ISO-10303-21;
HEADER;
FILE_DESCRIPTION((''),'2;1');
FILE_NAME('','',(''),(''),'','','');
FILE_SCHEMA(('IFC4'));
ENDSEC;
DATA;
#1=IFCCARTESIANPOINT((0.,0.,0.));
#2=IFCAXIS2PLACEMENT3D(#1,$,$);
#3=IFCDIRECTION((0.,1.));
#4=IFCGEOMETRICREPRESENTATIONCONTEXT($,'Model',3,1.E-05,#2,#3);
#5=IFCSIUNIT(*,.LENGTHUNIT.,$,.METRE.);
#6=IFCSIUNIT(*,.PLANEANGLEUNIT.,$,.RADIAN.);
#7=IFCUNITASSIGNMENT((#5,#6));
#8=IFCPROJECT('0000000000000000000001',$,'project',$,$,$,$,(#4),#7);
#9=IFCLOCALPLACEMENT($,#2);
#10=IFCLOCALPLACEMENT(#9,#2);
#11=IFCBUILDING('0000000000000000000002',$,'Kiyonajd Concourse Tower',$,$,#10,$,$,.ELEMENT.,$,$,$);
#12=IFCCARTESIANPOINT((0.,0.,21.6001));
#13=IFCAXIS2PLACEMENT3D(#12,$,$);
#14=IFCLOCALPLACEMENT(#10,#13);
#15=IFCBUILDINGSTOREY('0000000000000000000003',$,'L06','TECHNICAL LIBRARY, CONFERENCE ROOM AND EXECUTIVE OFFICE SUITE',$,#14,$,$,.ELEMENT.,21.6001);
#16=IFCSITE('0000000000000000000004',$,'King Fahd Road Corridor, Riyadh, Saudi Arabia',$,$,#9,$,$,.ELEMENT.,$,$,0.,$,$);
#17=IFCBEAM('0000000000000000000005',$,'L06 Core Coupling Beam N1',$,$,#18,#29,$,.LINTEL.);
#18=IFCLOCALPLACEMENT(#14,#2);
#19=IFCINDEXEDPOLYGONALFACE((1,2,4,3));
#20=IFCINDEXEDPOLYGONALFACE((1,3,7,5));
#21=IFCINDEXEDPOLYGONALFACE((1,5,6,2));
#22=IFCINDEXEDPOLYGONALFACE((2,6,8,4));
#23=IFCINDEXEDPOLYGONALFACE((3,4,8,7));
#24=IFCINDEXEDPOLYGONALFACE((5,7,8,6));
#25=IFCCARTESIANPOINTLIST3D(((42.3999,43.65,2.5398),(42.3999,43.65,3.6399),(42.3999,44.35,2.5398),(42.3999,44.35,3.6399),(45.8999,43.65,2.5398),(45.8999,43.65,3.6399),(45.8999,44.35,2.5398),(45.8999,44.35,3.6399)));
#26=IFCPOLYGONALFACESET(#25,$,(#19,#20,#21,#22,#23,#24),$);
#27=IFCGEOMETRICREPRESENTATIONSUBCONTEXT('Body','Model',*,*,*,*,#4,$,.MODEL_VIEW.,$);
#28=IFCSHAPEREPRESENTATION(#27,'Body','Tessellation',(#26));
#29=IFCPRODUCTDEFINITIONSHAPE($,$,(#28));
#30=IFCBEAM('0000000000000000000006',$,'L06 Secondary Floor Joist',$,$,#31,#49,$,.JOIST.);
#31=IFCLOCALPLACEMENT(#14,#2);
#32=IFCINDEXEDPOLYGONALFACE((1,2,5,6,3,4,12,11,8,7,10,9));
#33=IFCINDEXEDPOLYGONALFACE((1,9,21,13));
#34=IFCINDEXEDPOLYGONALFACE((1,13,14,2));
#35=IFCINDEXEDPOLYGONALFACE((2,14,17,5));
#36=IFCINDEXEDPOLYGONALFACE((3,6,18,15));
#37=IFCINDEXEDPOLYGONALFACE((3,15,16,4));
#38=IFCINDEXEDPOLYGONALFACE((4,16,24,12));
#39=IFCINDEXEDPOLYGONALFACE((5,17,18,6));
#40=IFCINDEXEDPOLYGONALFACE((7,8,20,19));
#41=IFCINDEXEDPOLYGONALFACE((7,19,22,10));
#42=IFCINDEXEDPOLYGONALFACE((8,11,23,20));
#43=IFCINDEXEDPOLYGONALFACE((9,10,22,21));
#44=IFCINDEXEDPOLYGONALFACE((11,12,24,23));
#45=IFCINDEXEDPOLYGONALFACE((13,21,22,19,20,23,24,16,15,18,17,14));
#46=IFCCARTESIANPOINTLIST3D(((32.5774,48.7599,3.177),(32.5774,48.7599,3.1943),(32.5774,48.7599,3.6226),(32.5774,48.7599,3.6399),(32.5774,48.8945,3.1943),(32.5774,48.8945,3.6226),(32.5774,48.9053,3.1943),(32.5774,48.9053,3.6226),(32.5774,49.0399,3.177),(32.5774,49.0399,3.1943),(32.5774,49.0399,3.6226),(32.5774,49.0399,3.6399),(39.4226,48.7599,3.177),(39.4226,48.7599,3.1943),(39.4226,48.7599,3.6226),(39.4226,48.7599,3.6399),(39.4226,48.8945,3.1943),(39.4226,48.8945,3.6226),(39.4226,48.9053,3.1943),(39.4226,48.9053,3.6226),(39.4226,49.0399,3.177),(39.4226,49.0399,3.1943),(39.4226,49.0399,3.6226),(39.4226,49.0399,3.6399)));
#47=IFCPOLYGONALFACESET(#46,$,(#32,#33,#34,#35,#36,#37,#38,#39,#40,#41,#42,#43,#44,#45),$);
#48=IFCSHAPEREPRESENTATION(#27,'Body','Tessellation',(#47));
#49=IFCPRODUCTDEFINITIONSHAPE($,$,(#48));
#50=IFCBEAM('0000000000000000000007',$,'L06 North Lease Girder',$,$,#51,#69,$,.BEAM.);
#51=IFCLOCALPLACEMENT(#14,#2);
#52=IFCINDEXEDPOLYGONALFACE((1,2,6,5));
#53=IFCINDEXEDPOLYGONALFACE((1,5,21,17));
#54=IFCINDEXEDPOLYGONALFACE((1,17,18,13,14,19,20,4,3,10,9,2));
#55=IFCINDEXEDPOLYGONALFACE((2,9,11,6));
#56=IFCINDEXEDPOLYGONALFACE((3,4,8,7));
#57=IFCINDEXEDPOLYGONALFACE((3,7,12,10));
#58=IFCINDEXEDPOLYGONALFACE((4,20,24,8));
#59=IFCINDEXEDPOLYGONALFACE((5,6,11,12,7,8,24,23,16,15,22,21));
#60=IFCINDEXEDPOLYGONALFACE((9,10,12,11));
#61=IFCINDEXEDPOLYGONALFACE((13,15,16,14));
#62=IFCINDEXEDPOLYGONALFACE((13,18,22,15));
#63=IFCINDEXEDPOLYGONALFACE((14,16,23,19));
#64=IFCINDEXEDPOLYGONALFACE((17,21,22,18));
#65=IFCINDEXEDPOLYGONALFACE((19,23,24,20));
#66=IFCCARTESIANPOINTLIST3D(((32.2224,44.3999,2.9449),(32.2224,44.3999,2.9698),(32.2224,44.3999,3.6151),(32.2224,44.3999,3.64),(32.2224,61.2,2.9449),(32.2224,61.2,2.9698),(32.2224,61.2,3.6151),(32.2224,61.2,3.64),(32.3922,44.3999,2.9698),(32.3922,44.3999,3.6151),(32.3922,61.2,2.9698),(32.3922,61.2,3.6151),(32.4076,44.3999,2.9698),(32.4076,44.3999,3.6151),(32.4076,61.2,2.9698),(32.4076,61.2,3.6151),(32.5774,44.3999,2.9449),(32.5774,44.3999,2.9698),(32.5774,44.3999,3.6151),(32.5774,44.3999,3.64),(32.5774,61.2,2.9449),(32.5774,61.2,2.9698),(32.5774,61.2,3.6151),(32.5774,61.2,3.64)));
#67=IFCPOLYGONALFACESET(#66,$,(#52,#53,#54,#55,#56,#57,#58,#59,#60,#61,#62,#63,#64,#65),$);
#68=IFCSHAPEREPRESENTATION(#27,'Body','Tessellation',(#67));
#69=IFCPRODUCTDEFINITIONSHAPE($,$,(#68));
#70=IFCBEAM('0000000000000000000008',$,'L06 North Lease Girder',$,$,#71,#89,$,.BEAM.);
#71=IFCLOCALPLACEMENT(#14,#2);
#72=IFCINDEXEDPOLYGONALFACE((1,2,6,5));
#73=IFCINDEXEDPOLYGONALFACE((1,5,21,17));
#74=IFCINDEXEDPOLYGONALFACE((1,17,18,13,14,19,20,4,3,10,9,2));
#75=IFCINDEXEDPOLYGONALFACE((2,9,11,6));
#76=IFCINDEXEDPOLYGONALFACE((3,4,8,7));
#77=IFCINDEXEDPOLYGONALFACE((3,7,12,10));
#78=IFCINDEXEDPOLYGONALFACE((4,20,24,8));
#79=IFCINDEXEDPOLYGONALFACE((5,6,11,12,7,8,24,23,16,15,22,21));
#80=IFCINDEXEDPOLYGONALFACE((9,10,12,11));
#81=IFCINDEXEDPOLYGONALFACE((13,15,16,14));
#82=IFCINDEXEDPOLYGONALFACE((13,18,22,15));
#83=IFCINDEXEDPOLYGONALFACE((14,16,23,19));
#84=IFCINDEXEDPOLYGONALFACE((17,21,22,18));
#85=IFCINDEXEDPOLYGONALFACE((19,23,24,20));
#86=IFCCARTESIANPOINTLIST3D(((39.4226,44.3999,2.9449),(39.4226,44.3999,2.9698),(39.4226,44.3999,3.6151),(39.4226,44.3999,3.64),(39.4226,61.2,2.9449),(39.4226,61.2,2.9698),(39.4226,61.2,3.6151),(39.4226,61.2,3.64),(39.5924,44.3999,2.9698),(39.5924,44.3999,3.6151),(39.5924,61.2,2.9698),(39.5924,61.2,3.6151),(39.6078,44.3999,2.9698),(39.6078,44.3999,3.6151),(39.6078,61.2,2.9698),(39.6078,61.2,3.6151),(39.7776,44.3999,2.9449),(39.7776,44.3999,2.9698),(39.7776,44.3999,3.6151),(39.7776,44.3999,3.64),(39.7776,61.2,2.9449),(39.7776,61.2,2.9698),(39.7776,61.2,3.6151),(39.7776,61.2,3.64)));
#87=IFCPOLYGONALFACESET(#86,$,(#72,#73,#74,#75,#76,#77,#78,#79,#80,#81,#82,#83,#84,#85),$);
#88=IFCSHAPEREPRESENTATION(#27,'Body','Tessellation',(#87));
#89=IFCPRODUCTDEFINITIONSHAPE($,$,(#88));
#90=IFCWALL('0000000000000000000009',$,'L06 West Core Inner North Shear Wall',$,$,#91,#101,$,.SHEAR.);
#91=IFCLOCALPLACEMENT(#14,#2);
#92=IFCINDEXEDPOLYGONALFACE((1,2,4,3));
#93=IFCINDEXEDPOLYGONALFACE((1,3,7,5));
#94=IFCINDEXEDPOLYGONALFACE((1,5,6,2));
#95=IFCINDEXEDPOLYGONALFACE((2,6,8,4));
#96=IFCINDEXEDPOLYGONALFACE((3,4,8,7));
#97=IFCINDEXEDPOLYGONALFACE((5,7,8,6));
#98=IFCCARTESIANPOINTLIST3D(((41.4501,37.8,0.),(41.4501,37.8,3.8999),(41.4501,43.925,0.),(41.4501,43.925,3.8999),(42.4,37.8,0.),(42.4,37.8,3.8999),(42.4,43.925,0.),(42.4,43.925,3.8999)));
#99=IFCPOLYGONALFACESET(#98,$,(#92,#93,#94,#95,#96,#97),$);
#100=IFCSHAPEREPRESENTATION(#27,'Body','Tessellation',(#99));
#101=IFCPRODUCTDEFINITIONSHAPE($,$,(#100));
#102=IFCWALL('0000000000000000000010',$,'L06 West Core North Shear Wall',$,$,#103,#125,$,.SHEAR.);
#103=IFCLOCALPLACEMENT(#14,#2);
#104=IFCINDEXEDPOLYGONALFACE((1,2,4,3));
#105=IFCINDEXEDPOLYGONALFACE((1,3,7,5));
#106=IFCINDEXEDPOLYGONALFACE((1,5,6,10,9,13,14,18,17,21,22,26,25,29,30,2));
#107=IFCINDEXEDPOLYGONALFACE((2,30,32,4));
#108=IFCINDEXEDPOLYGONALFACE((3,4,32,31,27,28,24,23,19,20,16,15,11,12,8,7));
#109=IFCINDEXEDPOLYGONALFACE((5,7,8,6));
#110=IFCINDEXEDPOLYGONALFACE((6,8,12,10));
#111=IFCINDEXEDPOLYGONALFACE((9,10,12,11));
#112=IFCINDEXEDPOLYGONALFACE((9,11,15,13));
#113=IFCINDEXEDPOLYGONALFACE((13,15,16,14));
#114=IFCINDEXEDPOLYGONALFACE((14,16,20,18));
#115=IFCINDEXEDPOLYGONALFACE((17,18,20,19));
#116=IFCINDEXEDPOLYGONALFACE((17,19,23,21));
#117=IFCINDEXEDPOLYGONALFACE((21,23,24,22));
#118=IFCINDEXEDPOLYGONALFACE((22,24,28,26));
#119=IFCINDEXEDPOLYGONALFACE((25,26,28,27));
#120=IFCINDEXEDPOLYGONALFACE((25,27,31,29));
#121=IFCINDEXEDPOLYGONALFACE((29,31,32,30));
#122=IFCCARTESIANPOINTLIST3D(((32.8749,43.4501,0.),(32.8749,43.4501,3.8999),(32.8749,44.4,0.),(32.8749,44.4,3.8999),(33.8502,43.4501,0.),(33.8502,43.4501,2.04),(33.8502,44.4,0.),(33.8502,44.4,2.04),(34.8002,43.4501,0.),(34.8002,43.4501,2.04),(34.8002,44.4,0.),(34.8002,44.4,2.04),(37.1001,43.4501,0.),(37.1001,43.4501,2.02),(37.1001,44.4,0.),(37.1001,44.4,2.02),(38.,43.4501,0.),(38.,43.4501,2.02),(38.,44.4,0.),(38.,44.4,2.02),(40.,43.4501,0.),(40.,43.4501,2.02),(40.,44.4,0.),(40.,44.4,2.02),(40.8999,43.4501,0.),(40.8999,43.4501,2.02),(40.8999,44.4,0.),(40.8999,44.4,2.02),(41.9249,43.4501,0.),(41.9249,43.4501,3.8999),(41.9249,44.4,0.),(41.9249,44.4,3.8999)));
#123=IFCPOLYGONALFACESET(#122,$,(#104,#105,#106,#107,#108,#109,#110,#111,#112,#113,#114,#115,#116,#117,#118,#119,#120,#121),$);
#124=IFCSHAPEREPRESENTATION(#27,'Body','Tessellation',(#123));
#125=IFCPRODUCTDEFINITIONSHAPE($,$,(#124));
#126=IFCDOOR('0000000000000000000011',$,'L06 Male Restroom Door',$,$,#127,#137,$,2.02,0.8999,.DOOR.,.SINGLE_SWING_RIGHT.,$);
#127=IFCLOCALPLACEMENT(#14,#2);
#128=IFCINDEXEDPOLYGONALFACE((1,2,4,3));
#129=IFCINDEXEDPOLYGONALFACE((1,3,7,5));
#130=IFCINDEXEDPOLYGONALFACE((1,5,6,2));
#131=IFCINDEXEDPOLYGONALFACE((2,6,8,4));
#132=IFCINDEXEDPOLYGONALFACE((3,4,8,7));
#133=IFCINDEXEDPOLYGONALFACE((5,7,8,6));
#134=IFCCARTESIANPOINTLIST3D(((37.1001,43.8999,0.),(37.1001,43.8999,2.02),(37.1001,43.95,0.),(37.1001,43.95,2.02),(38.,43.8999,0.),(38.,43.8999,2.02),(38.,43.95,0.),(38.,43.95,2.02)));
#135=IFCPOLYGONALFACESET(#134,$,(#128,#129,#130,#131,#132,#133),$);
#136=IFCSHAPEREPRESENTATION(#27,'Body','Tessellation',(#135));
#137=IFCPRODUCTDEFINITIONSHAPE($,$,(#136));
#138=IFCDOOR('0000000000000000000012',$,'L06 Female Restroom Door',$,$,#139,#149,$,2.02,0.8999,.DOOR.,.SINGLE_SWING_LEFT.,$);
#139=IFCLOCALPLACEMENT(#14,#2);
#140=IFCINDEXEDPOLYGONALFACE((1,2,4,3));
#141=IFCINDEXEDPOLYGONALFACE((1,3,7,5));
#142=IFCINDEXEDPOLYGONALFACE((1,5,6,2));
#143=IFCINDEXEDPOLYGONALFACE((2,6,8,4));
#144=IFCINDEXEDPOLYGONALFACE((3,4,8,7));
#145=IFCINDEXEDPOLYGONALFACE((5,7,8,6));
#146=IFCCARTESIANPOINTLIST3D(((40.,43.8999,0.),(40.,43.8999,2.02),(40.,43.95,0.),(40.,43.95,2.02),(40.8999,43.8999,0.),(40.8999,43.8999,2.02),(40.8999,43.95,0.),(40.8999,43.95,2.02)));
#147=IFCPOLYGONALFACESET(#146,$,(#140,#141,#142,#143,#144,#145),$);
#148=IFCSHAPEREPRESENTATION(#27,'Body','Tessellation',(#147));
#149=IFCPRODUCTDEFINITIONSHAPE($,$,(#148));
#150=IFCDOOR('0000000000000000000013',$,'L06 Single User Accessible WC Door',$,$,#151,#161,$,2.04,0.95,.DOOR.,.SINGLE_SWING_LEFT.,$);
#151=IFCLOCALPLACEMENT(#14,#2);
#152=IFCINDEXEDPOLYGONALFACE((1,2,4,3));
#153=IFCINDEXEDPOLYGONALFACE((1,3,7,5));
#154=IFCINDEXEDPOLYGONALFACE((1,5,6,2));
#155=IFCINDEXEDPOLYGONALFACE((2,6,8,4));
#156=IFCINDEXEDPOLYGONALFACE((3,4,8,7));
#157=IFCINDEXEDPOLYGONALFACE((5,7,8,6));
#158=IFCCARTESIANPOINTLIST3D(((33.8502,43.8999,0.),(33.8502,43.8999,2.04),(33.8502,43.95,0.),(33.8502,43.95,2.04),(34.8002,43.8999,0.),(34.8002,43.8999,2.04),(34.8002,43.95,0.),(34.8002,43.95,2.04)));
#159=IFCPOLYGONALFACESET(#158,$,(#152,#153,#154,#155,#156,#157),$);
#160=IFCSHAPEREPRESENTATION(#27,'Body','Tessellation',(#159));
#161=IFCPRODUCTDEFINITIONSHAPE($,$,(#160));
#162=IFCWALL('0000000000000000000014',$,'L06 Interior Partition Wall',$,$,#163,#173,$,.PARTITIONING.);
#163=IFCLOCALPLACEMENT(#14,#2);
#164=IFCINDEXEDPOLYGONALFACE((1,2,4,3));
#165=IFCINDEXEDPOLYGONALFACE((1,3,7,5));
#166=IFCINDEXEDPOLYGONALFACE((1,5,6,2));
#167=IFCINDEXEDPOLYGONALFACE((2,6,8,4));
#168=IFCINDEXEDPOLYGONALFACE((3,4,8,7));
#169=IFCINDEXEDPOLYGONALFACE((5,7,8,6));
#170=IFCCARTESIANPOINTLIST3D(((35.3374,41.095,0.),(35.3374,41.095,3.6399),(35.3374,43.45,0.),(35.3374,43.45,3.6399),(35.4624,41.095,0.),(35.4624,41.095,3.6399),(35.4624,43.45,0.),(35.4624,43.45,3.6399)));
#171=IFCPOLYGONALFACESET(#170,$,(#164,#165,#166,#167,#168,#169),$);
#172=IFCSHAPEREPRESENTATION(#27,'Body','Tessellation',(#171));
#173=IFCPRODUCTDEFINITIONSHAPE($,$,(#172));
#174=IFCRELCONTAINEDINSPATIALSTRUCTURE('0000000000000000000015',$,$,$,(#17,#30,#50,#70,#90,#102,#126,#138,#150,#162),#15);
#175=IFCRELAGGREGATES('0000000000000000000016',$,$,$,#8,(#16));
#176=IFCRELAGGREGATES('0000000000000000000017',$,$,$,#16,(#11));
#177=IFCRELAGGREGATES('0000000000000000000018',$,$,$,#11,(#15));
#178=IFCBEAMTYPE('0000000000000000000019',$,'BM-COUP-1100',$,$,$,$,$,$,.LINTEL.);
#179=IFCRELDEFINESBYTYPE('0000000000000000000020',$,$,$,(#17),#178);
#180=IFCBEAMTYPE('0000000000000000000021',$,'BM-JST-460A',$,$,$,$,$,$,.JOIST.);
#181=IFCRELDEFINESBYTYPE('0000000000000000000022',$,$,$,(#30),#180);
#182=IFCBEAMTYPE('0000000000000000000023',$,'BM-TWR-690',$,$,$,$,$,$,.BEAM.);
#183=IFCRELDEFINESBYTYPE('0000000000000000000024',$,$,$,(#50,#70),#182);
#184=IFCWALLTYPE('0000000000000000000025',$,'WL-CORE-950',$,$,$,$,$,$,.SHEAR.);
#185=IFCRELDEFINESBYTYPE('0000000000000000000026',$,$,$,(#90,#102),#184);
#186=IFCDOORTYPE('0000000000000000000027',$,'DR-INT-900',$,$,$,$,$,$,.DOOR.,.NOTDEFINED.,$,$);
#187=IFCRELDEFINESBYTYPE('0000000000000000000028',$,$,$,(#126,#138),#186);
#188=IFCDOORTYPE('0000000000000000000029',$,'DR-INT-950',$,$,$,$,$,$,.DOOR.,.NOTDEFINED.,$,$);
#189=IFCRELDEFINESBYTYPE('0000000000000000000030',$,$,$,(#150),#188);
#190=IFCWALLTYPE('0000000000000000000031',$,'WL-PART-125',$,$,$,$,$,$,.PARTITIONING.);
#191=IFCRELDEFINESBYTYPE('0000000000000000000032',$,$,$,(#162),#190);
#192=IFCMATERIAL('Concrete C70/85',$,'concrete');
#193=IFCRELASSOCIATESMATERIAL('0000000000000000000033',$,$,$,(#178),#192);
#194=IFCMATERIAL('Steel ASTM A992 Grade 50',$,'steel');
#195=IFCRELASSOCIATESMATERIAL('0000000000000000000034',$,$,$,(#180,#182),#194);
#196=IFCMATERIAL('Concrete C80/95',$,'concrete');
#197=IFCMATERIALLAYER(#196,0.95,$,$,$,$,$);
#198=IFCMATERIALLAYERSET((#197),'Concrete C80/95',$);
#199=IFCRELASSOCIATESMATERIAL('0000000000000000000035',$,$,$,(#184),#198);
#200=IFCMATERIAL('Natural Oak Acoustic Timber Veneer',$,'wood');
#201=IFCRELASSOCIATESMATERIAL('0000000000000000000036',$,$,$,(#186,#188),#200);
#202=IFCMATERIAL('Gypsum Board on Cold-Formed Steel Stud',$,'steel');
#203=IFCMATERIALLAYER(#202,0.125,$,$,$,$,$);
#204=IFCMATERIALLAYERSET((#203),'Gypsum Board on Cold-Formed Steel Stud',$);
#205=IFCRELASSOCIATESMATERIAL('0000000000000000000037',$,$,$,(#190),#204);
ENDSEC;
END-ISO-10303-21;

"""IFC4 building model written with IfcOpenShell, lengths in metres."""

from ifc_helpers import new_model, si_unit, direction, frame, frame_2d, origin, origin_2d, place, context, subcontext, project, spatial, rectangle, i_section, extrude, material, layer, layer_set, material_profile, profile_set, type_object, element, fill, save


model = new_model("IFC4")

# Units and contexts
model_context = context("Model", 3, precision=1e-05, world=origin(), true_north=direction((0.0, 1.0)))
body_context = subcontext(model_context, "Body", "Model", "MODEL_VIEW")
ifc_project = project(units=[si_unit("LENGTHUNIT", "METRE"), si_unit("PLANEANGLEUNIT", "RADIAN")], contexts=[model_context])

# Site, building, storey
site_placement = place(None, origin())
site = spatial("IfcSite", under=ifc_project, at=site_placement, Name="King Fahd Road Corridor, Riyadh, Saudi Arabia", CompositionType="ELEMENT", RefElevation=0.0)
building_placement = place(site_placement, origin())
building = spatial("IfcBuilding", under=site, at=building_placement, Name="Kiyonajd Concourse Tower", CompositionType="ELEMENT")
storey_placement = place(building_placement, frame((0.0, 0.0, 21.6001)))
storey = spatial("IfcBuildingStorey", under=building, at=storey_placement, Name="L06", Description="TECHNICAL LIBRARY, CONFERENCE ROOM AND EXECUTIVE OFFICE SUITE", CompositionType="ELEMENT", Elevation=21.6001)

# Beams
ifc_material_1 = material(Name="Concrete C70/85", Category="concrete")
ifc_material_profile_1 = material_profile(ifc_material_1, rectangle(XDim=0.7, YDim=1.1001, at=origin_2d()), Name="RCBM-700x1100")
ifc_profile_set_1 = profile_set([ifc_material_profile_1], Name="Concrete C70/85")
beam_type_1 = type_object("IfcBeamType", Name="BM-COUP-1100", PredefinedType="LINTEL", material=ifc_profile_set_1)
beam_1_placement = place(storey_placement, frame((42.3999, 44.0, 3.0898), z_axis=(1.0, 0.0, 0.0), x_axis=(0.0, 1.0, 0.0)))
element("IfcBeam", 1, at=beam_1_placement, inside=storey, type_object=beam_type_1, Name="L06 Core Coupling Beam N1", PredefinedType="LINTEL", context=body_context, shape_type="SweptSolid", body=[
    extrude(rectangle(XDim=0.7, YDim=1.1001, at=origin_2d()), origin(), (0.0, 0.0, 1.0), 3.5),
])
ifc_material_2 = material(Name="Steel ASTM A992 Grade 50", Category="steel")
ifc_material_profile_2 = material_profile(ifc_material_2, i_section(OverallWidth=0.28, OverallDepth=0.4629, WebThickness=0.0107, FlangeThickness=0.0173, at=origin_2d()), Name="W460X113")
ifc_profile_set_2 = profile_set([ifc_material_profile_2], Name="Steel ASTM A992 Grade 50")
beam_type_2 = type_object("IfcBeamType", Name="BM-JST-460A", PredefinedType="JOIST", material=ifc_profile_set_2)
beam_2_placement = place(storey_placement, frame((32.5774, 48.8999, 3.4084), z_axis=(1.0, 0.0, 0.0), x_axis=(0.0, 1.0, 0.0)))
element("IfcBeam", 2, at=beam_2_placement, inside=storey, type_object=beam_type_2, Name="L06 Secondary Floor Joist", PredefinedType="JOIST", context=body_context, shape_type="SweptSolid", body=[
    extrude(i_section(OverallWidth=0.28, OverallDepth=0.4629, WebThickness=0.0107, FlangeThickness=0.0173, at=origin_2d()), origin(), (0.0, 0.0, 1.0), 6.8452),
])
ifc_material_profile_3 = material_profile(ifc_material_2, i_section(OverallWidth=0.355, OverallDepth=0.6951, WebThickness=0.0154, FlangeThickness=0.0249, at=origin_2d()), Name="W690X217")
ifc_profile_set_3 = profile_set([ifc_material_profile_3], Name="Steel ASTM A992 Grade 50")
beam_type_3 = type_object("IfcBeamType", Name="BM-TWR-690", PredefinedType="BEAM", material=ifc_profile_set_3)
for number, where, z_axis, x_axis, name in (
    (3, (32.3999, 44.3999, 3.2925), (0.0, 1.0, 0.0), (-1.0, 0.0, 0.0), "L06 North Lease Girder"),
    (4, (39.6001, 44.3999, 3.2925), (0.0, 1.0, 0.0), (-1.0, 0.0, 0.0), "L06 North Lease Girder"),
):
    element("IfcBeam", number, at=place(storey_placement, frame(where, z_axis=z_axis, x_axis=x_axis)), inside=storey, type_object=beam_type_3, Name=name, PredefinedType="BEAM", context=body_context, shape_type="SweptSolid", body=[
        extrude(i_section(OverallWidth=0.355, OverallDepth=0.6951, WebThickness=0.0154, FlangeThickness=0.0249, at=origin_2d()), origin(), (0.0, 0.0, 1.0), 16.8),
    ])

# Wall
ifc_material_3 = material(Name="Concrete C80/95", Category="concrete")
ifc_layer_1 = layer(ifc_material_3, 0.95)
ifc_layer_set_1 = layer_set([ifc_layer_1], Name="Concrete C80/95")
wall_type_1 = type_object("IfcWallType", Name="WL-CORE-950", PredefinedType="SHEAR", material=ifc_layer_set_1)
wall_1_placement = place(storey_placement, frame((41.925, 37.8, 0.0), z_axis=(0.0, 0.0, 1.0), x_axis=(0.0, 1.0, 0.0)))
element("IfcWall", 5, at=wall_1_placement, inside=storey, type_object=wall_type_1, Name="L06 West Core Inner North Shear Wall", PredefinedType="SHEAR", context=body_context, shape_type="SweptSolid", body=[
    extrude(rectangle(XDim=6.125, YDim=0.95, at=frame_2d((3.0625, 0.0))), origin(), (0.0, 0.0, 1.0), 3.8999),
])

# Wall, openings, doors
wall_2_placement = place(storey_placement, frame((32.875, 43.925, 0.0), z_axis=(0.0, 0.0, 1.0), x_axis=(1.0, 0.0, 0.0)))
wall_2 = element("IfcWall", 6, at=wall_2_placement, inside=storey, type_object=wall_type_1, Name="L06 West Core North Shear Wall", PredefinedType="SHEAR", context=body_context, shape_type="SweptSolid", body=[
    extrude(rectangle(XDim=9.05, YDim=0.95, at=frame_2d((4.5249, 0.0))), origin(), (0.0, 0.0, 1.0), 3.8999),
])
opening_1_placement = place(wall_2_placement, frame((0.9751, 0.0, 0.0)))
opening_1 = element("IfcOpeningElement", 7, at=opening_1_placement, cuts=wall_2, PredefinedType="OPENING", context=body_context, shape_type="SweptSolid", body=[
    extrude(rectangle(XDim=0.95, YDim=2.04, at=frame_2d((0.4751, 1.02))), frame((0.0, 0.4849, 0.0), z_axis=(0.0, -1.0, 0.0), x_axis=(1.0, 0.0, 0.0)), (0.0, 0.0, 1.0), 0.97),
])
opening_2_placement = place(wall_2_placement, frame((4.2251, 0.0, 0.0)))
opening_2 = element("IfcOpeningElement", 8, at=opening_2_placement, cuts=wall_2, PredefinedType="OPENING", context=body_context, shape_type="SweptSolid", body=[
    extrude(rectangle(XDim=0.8999, YDim=2.02, at=frame_2d((0.45, 1.01))), frame((0.0, 0.4849, 0.0), z_axis=(0.0, -1.0, 0.0), x_axis=(1.0, 0.0, 0.0)), (0.0, 0.0, 1.0), 0.97),
])
opening_3_placement = place(wall_2_placement, frame((7.125, 0.0, 0.0)))
opening_3 = element("IfcOpeningElement", 9, at=opening_3_placement, cuts=wall_2, PredefinedType="OPENING", context=body_context, shape_type="SweptSolid", body=[
    extrude(rectangle(XDim=0.8999, YDim=2.02, at=frame_2d((0.45, 1.01))), frame((0.0, 0.4849, 0.0), z_axis=(0.0, -1.0, 0.0), x_axis=(1.0, 0.0, 0.0)), (0.0, 0.0, 1.0), 0.97),
])
ifc_material_4 = material(Name="Natural Oak Acoustic Timber Veneer", Category="wood")
door_type_1 = type_object("IfcDoorType", Name="DR-INT-900", OperationType="NOTDEFINED", PredefinedType="DOOR", material=ifc_material_4)
door_1_placement = place(opening_2_placement, origin())
door_1 = element("IfcDoor", 10, at=door_1_placement, inside=storey, type_object=door_type_1, Name="L06 Male Restroom Door", OperationType="SINGLE_SWING_RIGHT", OverallHeight=2.02, OverallWidth=0.8999, PredefinedType="DOOR", context=body_context, shape_type="SweptSolid", body=[
    extrude(rectangle(XDim=0.8999, YDim=2.02, at=frame_2d((0.45, 1.01))), frame((0.0, 0.0249, 0.0), z_axis=(0.0, -1.0, 0.0), x_axis=(1.0, 0.0, 0.0)), (0.0, 0.0, 1.0), 0.05),
])
fill(opening_2, door_1)
door_2_placement = place(opening_3_placement, origin())
door_2 = element("IfcDoor", 11, at=door_2_placement, inside=storey, type_object=door_type_1, Name="L06 Female Restroom Door", OperationType="SINGLE_SWING_LEFT", OverallHeight=2.02, OverallWidth=0.8999, PredefinedType="DOOR", context=body_context, shape_type="SweptSolid", body=[
    extrude(rectangle(XDim=0.8999, YDim=2.02, at=frame_2d((0.45, 1.01))), frame((0.0, 0.0249, 0.0), z_axis=(0.0, -1.0, 0.0), x_axis=(1.0, 0.0, 0.0)), (0.0, 0.0, 1.0), 0.05),
])
fill(opening_3, door_2)
door_type_2 = type_object("IfcDoorType", Name="DR-INT-950", OperationType="NOTDEFINED", PredefinedType="DOOR", material=ifc_material_4)
door_3_placement = place(opening_1_placement, origin())
door_3 = element("IfcDoor", 12, at=door_3_placement, inside=storey, type_object=door_type_2, Name="L06 Single User Accessible WC Door", OperationType="SINGLE_SWING_LEFT", OverallHeight=2.04, OverallWidth=0.95, PredefinedType="DOOR", context=body_context, shape_type="SweptSolid", body=[
    extrude(rectangle(XDim=0.95, YDim=2.04, at=frame_2d((0.4751, 1.02))), frame((0.0, 0.0249, 0.0), z_axis=(0.0, -1.0, 0.0), x_axis=(1.0, 0.0, 0.0)), (0.0, 0.0, 1.0), 0.05),
])
fill(opening_1, door_3)

# Wall
ifc_material_5 = material(Name="Gypsum Board on Cold-Formed Steel Stud", Category="steel")
ifc_layer_2 = layer(ifc_material_5, 0.125)
ifc_layer_set_2 = layer_set([ifc_layer_2], Name="Gypsum Board on Cold-Formed Steel Stud")
wall_type_2 = type_object("IfcWallType", Name="WL-PART-125", PredefinedType="PARTITIONING", material=ifc_layer_set_2)
for number, where, z_axis, x_axis, name in (
    (13, (35.3999, 41.095, 0.0), (0.0, 0.0, 1.0), (0.0, 1.0, 0.0), "L06 Interior Partition Wall"),
):
    element("IfcWall", number, at=place(storey_placement, frame(where, z_axis=z_axis, x_axis=x_axis)), inside=storey, type_object=wall_type_2, Name=name, PredefinedType="PARTITIONING", context=body_context, shape_type="SweptSolid", body=[
        extrude(rectangle(XDim=2.355, YDim=0.125, at=frame_2d((1.1775, 0.0))), origin(), (0.0, 0.0, 1.0), 3.6399),
    ])

save(model, "model.ifc")
